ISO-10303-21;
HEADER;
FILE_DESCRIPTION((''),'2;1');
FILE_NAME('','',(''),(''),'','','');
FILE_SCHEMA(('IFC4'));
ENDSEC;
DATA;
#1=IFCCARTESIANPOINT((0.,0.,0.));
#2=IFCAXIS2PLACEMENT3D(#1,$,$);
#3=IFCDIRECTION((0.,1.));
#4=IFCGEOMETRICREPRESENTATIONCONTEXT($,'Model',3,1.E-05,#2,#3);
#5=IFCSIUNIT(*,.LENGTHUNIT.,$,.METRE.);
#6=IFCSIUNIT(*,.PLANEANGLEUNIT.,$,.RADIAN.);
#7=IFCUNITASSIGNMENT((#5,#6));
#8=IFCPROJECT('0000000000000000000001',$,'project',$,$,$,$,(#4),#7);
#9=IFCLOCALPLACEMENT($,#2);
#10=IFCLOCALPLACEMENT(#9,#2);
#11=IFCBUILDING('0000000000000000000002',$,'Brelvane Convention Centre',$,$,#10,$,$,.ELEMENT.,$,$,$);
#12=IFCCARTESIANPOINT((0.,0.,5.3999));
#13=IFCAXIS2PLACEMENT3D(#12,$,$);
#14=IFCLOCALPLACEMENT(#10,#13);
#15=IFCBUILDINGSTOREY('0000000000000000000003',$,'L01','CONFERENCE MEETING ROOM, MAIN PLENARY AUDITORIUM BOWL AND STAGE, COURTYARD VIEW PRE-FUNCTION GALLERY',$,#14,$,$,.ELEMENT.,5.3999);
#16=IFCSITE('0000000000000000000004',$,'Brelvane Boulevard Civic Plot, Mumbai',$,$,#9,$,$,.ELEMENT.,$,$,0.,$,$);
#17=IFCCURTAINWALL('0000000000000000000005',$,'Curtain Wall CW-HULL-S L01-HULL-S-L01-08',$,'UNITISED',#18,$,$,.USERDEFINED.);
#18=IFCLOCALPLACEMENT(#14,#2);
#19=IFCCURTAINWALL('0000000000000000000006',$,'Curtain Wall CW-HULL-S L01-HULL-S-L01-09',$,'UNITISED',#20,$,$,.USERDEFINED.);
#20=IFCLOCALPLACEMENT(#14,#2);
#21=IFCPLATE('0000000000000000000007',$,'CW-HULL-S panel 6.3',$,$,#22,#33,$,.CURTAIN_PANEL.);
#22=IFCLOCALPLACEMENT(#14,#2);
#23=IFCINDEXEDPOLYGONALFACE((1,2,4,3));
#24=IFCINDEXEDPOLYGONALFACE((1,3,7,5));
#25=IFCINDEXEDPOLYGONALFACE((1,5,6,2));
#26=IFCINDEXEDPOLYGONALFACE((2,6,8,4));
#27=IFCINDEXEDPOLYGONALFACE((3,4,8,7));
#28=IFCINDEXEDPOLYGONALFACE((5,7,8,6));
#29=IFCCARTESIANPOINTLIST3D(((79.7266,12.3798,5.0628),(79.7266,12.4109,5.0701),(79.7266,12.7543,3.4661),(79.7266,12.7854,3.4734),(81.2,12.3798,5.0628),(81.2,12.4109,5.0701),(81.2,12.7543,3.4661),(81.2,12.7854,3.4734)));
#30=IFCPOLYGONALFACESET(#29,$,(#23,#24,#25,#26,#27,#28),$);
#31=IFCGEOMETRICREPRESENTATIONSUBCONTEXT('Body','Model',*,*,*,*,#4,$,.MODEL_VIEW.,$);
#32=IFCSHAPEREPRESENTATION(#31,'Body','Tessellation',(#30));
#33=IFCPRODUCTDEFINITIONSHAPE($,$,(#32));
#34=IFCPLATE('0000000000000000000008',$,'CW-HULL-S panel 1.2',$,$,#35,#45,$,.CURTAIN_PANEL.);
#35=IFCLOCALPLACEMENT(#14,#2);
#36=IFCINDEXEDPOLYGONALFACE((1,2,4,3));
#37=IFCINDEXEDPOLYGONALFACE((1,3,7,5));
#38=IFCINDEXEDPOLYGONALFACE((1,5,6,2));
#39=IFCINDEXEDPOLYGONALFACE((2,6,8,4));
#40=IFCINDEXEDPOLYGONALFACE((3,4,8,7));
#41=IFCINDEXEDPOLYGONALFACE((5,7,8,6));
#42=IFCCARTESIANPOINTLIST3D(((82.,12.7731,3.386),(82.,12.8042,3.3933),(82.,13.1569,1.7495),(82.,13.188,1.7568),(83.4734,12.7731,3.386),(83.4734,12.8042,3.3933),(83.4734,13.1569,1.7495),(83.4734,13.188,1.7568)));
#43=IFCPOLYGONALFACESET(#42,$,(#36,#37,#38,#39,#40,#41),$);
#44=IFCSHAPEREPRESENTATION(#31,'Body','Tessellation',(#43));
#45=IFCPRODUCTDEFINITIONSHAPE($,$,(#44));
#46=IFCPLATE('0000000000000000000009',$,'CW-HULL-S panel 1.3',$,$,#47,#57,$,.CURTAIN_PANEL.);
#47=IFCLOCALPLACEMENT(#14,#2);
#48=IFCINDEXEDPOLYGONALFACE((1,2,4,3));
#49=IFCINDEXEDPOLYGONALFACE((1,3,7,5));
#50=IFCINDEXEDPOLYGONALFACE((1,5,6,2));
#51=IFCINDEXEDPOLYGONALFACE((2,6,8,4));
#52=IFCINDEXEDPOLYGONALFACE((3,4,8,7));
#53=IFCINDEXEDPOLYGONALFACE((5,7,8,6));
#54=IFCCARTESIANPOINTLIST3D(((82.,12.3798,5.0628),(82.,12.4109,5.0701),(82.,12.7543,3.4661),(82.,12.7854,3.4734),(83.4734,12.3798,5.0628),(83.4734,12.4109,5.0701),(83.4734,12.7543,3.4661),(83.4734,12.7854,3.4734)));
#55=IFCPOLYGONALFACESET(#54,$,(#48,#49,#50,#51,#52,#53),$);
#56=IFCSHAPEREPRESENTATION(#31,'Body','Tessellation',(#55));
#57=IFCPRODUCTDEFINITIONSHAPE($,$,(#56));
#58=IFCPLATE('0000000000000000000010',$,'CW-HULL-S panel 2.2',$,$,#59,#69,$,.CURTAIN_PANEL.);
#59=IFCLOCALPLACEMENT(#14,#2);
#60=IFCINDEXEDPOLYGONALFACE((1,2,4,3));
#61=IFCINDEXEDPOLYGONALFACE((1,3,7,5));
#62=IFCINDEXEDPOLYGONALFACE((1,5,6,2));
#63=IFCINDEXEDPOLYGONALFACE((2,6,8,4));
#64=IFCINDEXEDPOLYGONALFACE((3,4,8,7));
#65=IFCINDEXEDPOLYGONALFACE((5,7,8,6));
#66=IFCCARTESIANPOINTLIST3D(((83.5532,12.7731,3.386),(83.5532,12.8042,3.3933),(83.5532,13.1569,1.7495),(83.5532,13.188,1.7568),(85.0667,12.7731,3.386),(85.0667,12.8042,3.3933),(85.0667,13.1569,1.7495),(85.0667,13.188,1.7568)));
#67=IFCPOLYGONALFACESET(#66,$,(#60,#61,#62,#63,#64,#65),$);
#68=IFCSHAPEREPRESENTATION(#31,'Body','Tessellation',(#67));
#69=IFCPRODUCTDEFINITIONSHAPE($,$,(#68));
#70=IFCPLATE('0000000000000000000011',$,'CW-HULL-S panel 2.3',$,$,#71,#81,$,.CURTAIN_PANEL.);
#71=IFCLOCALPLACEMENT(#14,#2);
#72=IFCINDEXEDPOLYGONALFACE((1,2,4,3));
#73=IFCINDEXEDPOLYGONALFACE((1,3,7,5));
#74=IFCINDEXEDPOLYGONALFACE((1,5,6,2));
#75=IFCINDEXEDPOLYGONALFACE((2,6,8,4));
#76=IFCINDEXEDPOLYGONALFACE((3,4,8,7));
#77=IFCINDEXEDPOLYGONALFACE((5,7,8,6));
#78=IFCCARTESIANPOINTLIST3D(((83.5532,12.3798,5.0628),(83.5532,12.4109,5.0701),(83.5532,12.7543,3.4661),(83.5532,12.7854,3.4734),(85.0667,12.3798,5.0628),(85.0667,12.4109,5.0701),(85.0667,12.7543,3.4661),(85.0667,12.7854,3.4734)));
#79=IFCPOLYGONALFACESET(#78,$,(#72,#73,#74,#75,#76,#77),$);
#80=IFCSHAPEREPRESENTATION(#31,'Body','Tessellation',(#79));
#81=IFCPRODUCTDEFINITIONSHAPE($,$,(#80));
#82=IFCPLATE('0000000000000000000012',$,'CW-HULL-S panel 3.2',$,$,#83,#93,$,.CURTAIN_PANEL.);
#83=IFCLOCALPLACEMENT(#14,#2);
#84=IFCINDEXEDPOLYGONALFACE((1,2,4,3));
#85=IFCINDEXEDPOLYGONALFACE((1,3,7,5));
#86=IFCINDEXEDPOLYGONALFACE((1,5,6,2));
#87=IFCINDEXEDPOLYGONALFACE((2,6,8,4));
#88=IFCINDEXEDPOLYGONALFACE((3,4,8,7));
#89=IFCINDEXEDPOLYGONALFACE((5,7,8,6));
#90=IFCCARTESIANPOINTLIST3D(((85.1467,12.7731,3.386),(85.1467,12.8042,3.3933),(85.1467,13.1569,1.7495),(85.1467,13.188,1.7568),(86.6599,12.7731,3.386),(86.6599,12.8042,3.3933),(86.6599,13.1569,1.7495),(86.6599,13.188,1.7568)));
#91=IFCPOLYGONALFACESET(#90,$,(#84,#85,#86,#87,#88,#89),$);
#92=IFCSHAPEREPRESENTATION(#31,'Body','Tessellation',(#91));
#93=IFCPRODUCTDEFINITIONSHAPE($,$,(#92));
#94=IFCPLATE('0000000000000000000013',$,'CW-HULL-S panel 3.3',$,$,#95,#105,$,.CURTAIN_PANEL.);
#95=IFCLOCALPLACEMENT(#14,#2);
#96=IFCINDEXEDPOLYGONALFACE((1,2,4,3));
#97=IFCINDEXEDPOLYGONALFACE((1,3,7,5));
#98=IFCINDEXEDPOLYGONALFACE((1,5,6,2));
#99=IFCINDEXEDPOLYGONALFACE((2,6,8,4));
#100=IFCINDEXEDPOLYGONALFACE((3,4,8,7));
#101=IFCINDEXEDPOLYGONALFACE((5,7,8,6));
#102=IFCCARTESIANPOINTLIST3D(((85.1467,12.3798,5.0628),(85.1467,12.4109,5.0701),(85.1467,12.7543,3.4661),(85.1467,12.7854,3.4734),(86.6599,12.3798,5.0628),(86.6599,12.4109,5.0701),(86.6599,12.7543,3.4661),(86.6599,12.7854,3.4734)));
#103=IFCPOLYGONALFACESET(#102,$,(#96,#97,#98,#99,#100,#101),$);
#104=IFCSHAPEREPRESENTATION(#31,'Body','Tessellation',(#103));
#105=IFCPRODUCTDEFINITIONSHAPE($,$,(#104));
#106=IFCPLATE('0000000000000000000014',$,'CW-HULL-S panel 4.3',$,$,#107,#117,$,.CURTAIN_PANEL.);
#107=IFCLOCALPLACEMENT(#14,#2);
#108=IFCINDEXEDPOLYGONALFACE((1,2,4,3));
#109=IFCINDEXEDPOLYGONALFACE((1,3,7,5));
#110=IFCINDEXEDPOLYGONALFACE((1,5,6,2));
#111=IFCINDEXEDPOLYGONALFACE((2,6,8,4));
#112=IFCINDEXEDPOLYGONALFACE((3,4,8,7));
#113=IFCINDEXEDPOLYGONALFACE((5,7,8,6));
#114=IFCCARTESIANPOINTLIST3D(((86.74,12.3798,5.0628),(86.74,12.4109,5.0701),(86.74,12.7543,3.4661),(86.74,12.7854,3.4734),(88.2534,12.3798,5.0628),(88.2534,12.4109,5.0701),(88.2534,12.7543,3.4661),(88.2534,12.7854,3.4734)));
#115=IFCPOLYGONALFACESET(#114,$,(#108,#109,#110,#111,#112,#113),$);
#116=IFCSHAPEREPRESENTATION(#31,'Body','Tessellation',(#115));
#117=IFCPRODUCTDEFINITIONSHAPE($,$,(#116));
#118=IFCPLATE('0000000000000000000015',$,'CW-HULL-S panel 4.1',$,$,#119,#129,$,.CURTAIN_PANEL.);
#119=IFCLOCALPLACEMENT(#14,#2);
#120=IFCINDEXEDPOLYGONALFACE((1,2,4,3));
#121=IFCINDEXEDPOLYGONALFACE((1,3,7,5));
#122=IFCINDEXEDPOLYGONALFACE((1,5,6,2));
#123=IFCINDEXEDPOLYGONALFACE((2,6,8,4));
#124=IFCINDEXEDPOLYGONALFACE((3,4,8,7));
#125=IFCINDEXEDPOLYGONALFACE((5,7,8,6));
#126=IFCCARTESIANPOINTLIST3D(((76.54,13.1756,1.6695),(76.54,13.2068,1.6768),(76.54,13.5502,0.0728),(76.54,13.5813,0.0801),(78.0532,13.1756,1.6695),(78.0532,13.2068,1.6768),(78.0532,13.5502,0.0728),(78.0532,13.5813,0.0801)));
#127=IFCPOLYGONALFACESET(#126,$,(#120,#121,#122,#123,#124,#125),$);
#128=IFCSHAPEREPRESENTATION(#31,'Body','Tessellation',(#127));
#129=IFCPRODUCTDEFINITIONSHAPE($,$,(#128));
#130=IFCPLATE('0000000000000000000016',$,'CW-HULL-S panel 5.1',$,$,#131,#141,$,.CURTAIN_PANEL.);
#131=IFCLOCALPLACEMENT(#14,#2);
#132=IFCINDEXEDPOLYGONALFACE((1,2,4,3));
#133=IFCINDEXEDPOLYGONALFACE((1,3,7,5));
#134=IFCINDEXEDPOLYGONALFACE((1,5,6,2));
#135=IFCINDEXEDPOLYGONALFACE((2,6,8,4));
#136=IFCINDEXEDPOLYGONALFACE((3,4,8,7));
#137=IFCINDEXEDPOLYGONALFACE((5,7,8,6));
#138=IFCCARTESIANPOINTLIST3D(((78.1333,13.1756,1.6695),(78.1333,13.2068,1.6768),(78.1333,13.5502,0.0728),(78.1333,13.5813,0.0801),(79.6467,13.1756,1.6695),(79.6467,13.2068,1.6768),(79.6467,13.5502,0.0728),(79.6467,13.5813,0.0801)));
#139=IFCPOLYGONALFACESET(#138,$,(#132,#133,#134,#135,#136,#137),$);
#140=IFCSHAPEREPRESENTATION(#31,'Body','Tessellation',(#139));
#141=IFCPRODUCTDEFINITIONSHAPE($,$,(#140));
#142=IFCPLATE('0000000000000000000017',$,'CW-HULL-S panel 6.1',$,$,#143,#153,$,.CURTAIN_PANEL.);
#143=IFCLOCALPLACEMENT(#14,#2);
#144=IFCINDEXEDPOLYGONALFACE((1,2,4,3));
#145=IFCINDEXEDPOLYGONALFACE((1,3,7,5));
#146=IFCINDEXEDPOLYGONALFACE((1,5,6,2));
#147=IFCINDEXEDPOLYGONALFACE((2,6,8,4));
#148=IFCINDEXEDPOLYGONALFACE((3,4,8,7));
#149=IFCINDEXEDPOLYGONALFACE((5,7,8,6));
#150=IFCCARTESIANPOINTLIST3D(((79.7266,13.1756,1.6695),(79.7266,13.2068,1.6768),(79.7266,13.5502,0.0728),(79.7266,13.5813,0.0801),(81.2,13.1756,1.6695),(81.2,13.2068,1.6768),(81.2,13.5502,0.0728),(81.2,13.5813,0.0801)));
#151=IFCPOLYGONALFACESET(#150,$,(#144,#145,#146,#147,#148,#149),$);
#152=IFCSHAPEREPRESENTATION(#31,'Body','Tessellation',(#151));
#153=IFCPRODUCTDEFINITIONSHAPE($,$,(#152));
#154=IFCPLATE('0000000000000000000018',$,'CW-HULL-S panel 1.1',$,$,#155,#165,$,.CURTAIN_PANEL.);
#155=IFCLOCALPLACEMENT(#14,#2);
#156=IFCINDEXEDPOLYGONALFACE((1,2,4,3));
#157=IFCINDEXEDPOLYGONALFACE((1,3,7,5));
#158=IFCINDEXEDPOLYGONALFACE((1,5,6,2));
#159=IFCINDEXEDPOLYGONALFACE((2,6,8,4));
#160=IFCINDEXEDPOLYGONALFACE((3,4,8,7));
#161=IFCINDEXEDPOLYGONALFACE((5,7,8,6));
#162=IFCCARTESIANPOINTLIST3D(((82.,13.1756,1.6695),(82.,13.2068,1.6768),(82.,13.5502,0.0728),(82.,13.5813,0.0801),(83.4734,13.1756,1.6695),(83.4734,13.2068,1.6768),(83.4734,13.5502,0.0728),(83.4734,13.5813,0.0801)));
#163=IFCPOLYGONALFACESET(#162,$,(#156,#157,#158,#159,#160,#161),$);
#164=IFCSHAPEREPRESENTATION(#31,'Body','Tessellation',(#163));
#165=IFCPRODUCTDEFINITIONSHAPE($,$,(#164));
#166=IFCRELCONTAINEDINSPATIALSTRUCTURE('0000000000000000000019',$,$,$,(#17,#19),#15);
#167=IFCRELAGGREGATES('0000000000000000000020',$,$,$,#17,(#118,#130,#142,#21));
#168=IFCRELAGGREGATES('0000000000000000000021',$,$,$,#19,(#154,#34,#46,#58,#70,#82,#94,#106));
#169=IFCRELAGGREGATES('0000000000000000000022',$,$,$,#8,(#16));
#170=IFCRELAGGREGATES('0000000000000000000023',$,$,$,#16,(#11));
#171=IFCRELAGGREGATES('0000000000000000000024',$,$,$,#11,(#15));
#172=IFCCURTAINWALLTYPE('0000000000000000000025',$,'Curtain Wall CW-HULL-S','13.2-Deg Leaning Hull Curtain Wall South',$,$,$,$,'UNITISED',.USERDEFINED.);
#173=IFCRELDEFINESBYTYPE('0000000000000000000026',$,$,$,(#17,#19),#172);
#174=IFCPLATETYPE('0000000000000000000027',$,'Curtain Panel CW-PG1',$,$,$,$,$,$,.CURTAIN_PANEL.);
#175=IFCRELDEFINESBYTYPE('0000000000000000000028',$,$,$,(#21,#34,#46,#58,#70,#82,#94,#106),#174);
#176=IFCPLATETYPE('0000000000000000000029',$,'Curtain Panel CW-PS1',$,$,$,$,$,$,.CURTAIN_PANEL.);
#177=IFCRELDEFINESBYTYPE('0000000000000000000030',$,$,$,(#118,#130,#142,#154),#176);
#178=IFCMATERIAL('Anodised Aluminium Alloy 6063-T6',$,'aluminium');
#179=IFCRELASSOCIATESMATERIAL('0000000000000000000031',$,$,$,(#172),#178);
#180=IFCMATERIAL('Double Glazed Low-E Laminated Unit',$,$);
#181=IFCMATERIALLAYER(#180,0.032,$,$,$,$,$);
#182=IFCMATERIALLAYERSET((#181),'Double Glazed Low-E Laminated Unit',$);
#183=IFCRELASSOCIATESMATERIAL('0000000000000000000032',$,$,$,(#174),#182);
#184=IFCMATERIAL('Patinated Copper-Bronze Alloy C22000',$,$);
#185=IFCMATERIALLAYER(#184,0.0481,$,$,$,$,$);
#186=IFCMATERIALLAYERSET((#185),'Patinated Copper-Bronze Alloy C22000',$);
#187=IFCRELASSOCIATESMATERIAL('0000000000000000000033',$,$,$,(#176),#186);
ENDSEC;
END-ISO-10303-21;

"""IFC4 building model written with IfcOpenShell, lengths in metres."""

from ifc_helpers import new_model, si_unit, direction, frame, origin, place, context, subcontext, project, spatial, polyline, outline, extrude, material, layer, layer_set, type_object, element, aggregate, save


model = new_model("IFC4")

# Units and contexts
model_context = context("Model", 3, precision=1e-05, world=origin(), true_north=direction((0.0, 1.0)))
body_context = subcontext(model_context, "Body", "Model", "MODEL_VIEW")
ifc_project = project(units=[si_unit("LENGTHUNIT", "METRE"), si_unit("PLANEANGLEUNIT", "RADIAN")], contexts=[model_context])

# Site, building, storey
site_placement = place(None, origin())
site = spatial("IfcSite", under=ifc_project, at=site_placement, Name="Brelvane Boulevard Civic Plot, Mumbai", CompositionType="ELEMENT", RefElevation=0.0)
building_placement = place(site_placement, origin())
building = spatial("IfcBuilding", under=site, at=building_placement, Name="Brelvane Convention Centre", CompositionType="ELEMENT")
storey_placement = place(building_placement, frame((0.0, 0.0, 5.3999)))
storey = spatial("IfcBuildingStorey", under=building, at=storey_placement, Name="L01", Description="CONFERENCE MEETING ROOM, MAIN PLENARY AUDITORIUM BOWL AND STAGE, COURTYARD VIEW PRE-FUNCTION GALLERY", CompositionType="ELEMENT", Elevation=5.3999)

# Curtain walls
ifc_material_1 = material(Name="Anodised Aluminium Alloy 6063-T6", Category="aluminium")
curtain_wall_type = type_object("IfcCurtainWallType", Name="Curtain Wall CW-HULL-S", Description="13.2-Deg Leaning Hull Curtain Wall South", ElementType="UNITISED", PredefinedType="USERDEFINED", material=ifc_material_1)
curtain_wall_1_placement = place(storey_placement, origin())
curtain_wall_1 = element("IfcCurtainWall", 1, at=curtain_wall_1_placement, inside=storey, type_object=curtain_wall_type, Name="Curtain Wall CW-HULL-S L01-HULL-S-L01-08", ObjectType="UNITISED", PredefinedType="USERDEFINED")
curtain_wall_2_placement = place(storey_placement, origin())
curtain_wall_2 = element("IfcCurtainWall", 2, at=curtain_wall_2_placement, inside=storey, type_object=curtain_wall_type, Name="Curtain Wall CW-HULL-S L01-HULL-S-L01-09", ObjectType="UNITISED", PredefinedType="USERDEFINED")

# Plates
ifc_material_2 = material(Name="Double Glazed Low-E Laminated Unit")
ifc_layer_1 = layer(ifc_material_2, 0.032)
ifc_layer_set_1 = layer_set([ifc_layer_1], Name="Double Glazed Low-E Laminated Unit")
plate_type_1 = type_object("IfcPlateType", Name="Curtain Panel CW-PG1", PredefinedType="CURTAIN_PANEL", material=ifc_layer_set_1)
plate_1_placement = place(storey_placement, frame((79.7266, 12.7854, 3.4734), z_axis=(0.0, 0.973577, 0.228359), x_axis=(1.0, 0.0, 0.0)))
plate_1 = element("IfcPlate", 3, at=plate_1_placement, type_object=plate_type_1, Name="CW-HULL-S panel 6.3", PredefinedType="CURTAIN_PANEL", context=body_context, shape_type="SweptSolid", body=[
    extrude(outline(polyline([(0.0, 0.0), (1.4734, 0.0), (1.4734, -1.64), (0.0, -1.64), (0.0, 0.0)])), origin(), (0.0, 0.0, -1.0), 0.032),
])
plate_2_placement = place(storey_placement, frame((82.0, 13.188, 1.7568), z_axis=(0.0, 0.973585, 0.228327), x_axis=(1.0, 0.0, 0.0)))
plate_2 = element("IfcPlate", 4, at=plate_2_placement, type_object=plate_type_1, Name="CW-HULL-S panel 1.2", PredefinedType="CURTAIN_PANEL", context=body_context, shape_type="SweptSolid", body=[
    extrude(outline(polyline([(0.0, 0.0), (1.4734, 0.0), (1.4734, -1.6809), (0.0, -1.6809), (0.0, 0.0)])), origin(), (0.0, 0.0, -1.0), 0.032),
])
plate_3_placement = place(storey_placement, frame((82.0, 12.7854, 3.4734), z_axis=(0.0, 0.973577, 0.228359), x_axis=(1.0, 0.0, 0.0)))
plate_3 = element("IfcPlate", 5, at=plate_3_placement, type_object=plate_type_1, Name="CW-HULL-S panel 1.3", PredefinedType="CURTAIN_PANEL", context=body_context, shape_type="SweptSolid", body=[
    extrude(outline(polyline([(0.0, 0.0), (1.4734, 0.0), (1.4734, -1.64), (0.0, -1.64), (0.0, 0.0)])), origin(), (0.0, 0.0, -1.0), 0.032),
])
plate_4_placement = place(storey_placement, frame((83.5532, 13.188, 1.7568), z_axis=(0.0, 0.973585, 0.228327), x_axis=(1.0, 0.0, 0.0)))
plate_4 = element("IfcPlate", 6, at=plate_4_placement, type_object=plate_type_1, Name="CW-HULL-S panel 2.2", PredefinedType="CURTAIN_PANEL", context=body_context, shape_type="SweptSolid", body=[
    extrude(outline(polyline([(0.0, 0.0), (1.5134, 0.0), (1.5134, -1.6809), (0.0, -1.6809), (0.0, 0.0)])), origin(), (0.0, 0.0, -1.0), 0.032),
])
plate_5_placement = place(storey_placement, frame((83.5532, 12.7854, 3.4734), z_axis=(0.0, 0.973577, 0.228359), x_axis=(1.0, 0.0, 0.0)))
plate_5 = element("IfcPlate", 7, at=plate_5_placement, type_object=plate_type_1, Name="CW-HULL-S panel 2.3", PredefinedType="CURTAIN_PANEL", context=body_context, shape_type="SweptSolid", body=[
    extrude(outline(polyline([(0.0, 0.0), (1.5134, 0.0), (1.5134, -1.64), (0.0, -1.64), (0.0, 0.0)])), origin(), (0.0, 0.0, -1.0), 0.032),
])
plate_6_placement = place(storey_placement, frame((85.1467, 13.188, 1.7568), z_axis=(0.0, 0.973585, 0.228327), x_axis=(1.0, 0.0, 0.0)))
plate_6 = element("IfcPlate", 8, at=plate_6_placement, type_object=plate_type_1, Name="CW-HULL-S panel 3.2", PredefinedType="CURTAIN_PANEL", context=body_context, shape_type="SweptSolid", body=[
    extrude(outline(polyline([(0.0, 0.0), (1.5132, 0.0), (1.5132, -1.6809), (0.0, -1.6809), (0.0, 0.0)])), origin(), (0.0, 0.0, -1.0), 0.032),
])
plate_7_placement = place(storey_placement, frame((85.1467, 12.7854, 3.4734), z_axis=(0.0, 0.973577, 0.228359), x_axis=(1.0, 0.0, 0.0)))
plate_7 = element("IfcPlate", 9, at=plate_7_placement, type_object=plate_type_1, Name="CW-HULL-S panel 3.3", PredefinedType="CURTAIN_PANEL", context=body_context, shape_type="SweptSolid", body=[
    extrude(outline(polyline([(0.0, 0.0), (1.5132, 0.0), (1.5132, -1.64), (0.0, -1.64), (0.0, 0.0)])), origin(), (0.0, 0.0, -1.0), 0.032),
])
plate_8_placement = place(storey_placement, frame((86.74, 12.7854, 3.4734), z_axis=(0.0, 0.973577, 0.228359), x_axis=(1.0, 0.0, 0.0)))
plate_8 = element("IfcPlate", 10, at=plate_8_placement, type_object=plate_type_1, Name="CW-HULL-S panel 4.3", PredefinedType="CURTAIN_PANEL", context=body_context, shape_type="SweptSolid", body=[
    extrude(outline(polyline([(0.0, 0.0), (1.5134, 0.0), (1.5134, -1.64), (0.0, -1.64), (0.0, 0.0)])), origin(), (0.0, 0.0, -1.0), 0.032),
])
ifc_material_3 = material(Name="Patinated Copper-Bronze Alloy C22000")
ifc_layer_2 = layer(ifc_material_3, 0.0481)
ifc_layer_set_2 = layer_set([ifc_layer_2], Name="Patinated Copper-Bronze Alloy C22000")
plate_type_2 = type_object("IfcPlateType", Name="Curtain Panel CW-PS1", PredefinedType="CURTAIN_PANEL", material=ifc_layer_set_2)
plate_9_placement = place(storey_placement, frame((76.54, 13.5813, 0.0801), z_axis=(0.0, 0.973577, 0.228359), x_axis=(1.0, 0.0, 0.0)))
plate_9 = element("IfcPlate", 11, at=plate_9_placement, type_object=plate_type_2, Name="CW-HULL-S panel 4.1", PredefinedType="CURTAIN_PANEL", context=body_context, shape_type="SweptSolid", body=[
    extrude(outline(polyline([(0.0, 0.0), (1.5132, 0.0), (1.5132, -1.64), (0.0, -1.64), (0.0, 0.0)])), origin(), (0.0, 0.0, -1.0), 0.032),
])
plate_10_placement = place(storey_placement, frame((78.1333, 13.5813, 0.0801), z_axis=(0.0, 0.973577, 0.228359), x_axis=(1.0, 0.0, 0.0)))
plate_10 = element("IfcPlate", 12, at=plate_10_placement, type_object=plate_type_2, Name="CW-HULL-S panel 5.1", PredefinedType="CURTAIN_PANEL", context=body_context, shape_type="SweptSolid", body=[
    extrude(outline(polyline([(0.0, 0.0), (1.5134, 0.0), (1.5134, -1.64), (0.0, -1.64), (0.0, 0.0)])), origin(), (0.0, 0.0, -1.0), 0.032),
])
plate_11_placement = place(storey_placement, frame((79.7266, 13.5813, 0.0801), z_axis=(0.0, 0.973577, 0.228359), x_axis=(1.0, 0.0, 0.0)))
plate_11 = element("IfcPlate", 13, at=plate_11_placement, type_object=plate_type_2, Name="CW-HULL-S panel 6.1", PredefinedType="CURTAIN_PANEL", context=body_context, shape_type="SweptSolid", body=[
    extrude(outline(polyline([(0.0, 0.0), (1.4734, 0.0), (1.4734, -1.64), (0.0, -1.64), (0.0, 0.0)])), origin(), (0.0, 0.0, -1.0), 0.032),
])
aggregate(curtain_wall_1, [plate_9, plate_10, plate_11, plate_1])
plate_12_placement = place(storey_placement, frame((82.0, 13.5813, 0.0801), z_axis=(0.0, 0.973577, 0.228359), x_axis=(1.0, 0.0, 0.0)))
plate_12 = element("IfcPlate", 14, at=plate_12_placement, type_object=plate_type_2, Name="CW-HULL-S panel 1.1", PredefinedType="CURTAIN_PANEL", context=body_context, shape_type="SweptSolid", body=[
    extrude(outline(polyline([(0.0, 0.0), (1.4734, 0.0), (1.4734, -1.64), (0.0, -1.64), (0.0, 0.0)])), origin(), (0.0, 0.0, -1.0), 0.032),
])
aggregate(curtain_wall_2, [plate_12, plate_2, plate_3, plate_4, plate_5, plate_6, plate_7, plate_8])

save(model, "model.ifc")
